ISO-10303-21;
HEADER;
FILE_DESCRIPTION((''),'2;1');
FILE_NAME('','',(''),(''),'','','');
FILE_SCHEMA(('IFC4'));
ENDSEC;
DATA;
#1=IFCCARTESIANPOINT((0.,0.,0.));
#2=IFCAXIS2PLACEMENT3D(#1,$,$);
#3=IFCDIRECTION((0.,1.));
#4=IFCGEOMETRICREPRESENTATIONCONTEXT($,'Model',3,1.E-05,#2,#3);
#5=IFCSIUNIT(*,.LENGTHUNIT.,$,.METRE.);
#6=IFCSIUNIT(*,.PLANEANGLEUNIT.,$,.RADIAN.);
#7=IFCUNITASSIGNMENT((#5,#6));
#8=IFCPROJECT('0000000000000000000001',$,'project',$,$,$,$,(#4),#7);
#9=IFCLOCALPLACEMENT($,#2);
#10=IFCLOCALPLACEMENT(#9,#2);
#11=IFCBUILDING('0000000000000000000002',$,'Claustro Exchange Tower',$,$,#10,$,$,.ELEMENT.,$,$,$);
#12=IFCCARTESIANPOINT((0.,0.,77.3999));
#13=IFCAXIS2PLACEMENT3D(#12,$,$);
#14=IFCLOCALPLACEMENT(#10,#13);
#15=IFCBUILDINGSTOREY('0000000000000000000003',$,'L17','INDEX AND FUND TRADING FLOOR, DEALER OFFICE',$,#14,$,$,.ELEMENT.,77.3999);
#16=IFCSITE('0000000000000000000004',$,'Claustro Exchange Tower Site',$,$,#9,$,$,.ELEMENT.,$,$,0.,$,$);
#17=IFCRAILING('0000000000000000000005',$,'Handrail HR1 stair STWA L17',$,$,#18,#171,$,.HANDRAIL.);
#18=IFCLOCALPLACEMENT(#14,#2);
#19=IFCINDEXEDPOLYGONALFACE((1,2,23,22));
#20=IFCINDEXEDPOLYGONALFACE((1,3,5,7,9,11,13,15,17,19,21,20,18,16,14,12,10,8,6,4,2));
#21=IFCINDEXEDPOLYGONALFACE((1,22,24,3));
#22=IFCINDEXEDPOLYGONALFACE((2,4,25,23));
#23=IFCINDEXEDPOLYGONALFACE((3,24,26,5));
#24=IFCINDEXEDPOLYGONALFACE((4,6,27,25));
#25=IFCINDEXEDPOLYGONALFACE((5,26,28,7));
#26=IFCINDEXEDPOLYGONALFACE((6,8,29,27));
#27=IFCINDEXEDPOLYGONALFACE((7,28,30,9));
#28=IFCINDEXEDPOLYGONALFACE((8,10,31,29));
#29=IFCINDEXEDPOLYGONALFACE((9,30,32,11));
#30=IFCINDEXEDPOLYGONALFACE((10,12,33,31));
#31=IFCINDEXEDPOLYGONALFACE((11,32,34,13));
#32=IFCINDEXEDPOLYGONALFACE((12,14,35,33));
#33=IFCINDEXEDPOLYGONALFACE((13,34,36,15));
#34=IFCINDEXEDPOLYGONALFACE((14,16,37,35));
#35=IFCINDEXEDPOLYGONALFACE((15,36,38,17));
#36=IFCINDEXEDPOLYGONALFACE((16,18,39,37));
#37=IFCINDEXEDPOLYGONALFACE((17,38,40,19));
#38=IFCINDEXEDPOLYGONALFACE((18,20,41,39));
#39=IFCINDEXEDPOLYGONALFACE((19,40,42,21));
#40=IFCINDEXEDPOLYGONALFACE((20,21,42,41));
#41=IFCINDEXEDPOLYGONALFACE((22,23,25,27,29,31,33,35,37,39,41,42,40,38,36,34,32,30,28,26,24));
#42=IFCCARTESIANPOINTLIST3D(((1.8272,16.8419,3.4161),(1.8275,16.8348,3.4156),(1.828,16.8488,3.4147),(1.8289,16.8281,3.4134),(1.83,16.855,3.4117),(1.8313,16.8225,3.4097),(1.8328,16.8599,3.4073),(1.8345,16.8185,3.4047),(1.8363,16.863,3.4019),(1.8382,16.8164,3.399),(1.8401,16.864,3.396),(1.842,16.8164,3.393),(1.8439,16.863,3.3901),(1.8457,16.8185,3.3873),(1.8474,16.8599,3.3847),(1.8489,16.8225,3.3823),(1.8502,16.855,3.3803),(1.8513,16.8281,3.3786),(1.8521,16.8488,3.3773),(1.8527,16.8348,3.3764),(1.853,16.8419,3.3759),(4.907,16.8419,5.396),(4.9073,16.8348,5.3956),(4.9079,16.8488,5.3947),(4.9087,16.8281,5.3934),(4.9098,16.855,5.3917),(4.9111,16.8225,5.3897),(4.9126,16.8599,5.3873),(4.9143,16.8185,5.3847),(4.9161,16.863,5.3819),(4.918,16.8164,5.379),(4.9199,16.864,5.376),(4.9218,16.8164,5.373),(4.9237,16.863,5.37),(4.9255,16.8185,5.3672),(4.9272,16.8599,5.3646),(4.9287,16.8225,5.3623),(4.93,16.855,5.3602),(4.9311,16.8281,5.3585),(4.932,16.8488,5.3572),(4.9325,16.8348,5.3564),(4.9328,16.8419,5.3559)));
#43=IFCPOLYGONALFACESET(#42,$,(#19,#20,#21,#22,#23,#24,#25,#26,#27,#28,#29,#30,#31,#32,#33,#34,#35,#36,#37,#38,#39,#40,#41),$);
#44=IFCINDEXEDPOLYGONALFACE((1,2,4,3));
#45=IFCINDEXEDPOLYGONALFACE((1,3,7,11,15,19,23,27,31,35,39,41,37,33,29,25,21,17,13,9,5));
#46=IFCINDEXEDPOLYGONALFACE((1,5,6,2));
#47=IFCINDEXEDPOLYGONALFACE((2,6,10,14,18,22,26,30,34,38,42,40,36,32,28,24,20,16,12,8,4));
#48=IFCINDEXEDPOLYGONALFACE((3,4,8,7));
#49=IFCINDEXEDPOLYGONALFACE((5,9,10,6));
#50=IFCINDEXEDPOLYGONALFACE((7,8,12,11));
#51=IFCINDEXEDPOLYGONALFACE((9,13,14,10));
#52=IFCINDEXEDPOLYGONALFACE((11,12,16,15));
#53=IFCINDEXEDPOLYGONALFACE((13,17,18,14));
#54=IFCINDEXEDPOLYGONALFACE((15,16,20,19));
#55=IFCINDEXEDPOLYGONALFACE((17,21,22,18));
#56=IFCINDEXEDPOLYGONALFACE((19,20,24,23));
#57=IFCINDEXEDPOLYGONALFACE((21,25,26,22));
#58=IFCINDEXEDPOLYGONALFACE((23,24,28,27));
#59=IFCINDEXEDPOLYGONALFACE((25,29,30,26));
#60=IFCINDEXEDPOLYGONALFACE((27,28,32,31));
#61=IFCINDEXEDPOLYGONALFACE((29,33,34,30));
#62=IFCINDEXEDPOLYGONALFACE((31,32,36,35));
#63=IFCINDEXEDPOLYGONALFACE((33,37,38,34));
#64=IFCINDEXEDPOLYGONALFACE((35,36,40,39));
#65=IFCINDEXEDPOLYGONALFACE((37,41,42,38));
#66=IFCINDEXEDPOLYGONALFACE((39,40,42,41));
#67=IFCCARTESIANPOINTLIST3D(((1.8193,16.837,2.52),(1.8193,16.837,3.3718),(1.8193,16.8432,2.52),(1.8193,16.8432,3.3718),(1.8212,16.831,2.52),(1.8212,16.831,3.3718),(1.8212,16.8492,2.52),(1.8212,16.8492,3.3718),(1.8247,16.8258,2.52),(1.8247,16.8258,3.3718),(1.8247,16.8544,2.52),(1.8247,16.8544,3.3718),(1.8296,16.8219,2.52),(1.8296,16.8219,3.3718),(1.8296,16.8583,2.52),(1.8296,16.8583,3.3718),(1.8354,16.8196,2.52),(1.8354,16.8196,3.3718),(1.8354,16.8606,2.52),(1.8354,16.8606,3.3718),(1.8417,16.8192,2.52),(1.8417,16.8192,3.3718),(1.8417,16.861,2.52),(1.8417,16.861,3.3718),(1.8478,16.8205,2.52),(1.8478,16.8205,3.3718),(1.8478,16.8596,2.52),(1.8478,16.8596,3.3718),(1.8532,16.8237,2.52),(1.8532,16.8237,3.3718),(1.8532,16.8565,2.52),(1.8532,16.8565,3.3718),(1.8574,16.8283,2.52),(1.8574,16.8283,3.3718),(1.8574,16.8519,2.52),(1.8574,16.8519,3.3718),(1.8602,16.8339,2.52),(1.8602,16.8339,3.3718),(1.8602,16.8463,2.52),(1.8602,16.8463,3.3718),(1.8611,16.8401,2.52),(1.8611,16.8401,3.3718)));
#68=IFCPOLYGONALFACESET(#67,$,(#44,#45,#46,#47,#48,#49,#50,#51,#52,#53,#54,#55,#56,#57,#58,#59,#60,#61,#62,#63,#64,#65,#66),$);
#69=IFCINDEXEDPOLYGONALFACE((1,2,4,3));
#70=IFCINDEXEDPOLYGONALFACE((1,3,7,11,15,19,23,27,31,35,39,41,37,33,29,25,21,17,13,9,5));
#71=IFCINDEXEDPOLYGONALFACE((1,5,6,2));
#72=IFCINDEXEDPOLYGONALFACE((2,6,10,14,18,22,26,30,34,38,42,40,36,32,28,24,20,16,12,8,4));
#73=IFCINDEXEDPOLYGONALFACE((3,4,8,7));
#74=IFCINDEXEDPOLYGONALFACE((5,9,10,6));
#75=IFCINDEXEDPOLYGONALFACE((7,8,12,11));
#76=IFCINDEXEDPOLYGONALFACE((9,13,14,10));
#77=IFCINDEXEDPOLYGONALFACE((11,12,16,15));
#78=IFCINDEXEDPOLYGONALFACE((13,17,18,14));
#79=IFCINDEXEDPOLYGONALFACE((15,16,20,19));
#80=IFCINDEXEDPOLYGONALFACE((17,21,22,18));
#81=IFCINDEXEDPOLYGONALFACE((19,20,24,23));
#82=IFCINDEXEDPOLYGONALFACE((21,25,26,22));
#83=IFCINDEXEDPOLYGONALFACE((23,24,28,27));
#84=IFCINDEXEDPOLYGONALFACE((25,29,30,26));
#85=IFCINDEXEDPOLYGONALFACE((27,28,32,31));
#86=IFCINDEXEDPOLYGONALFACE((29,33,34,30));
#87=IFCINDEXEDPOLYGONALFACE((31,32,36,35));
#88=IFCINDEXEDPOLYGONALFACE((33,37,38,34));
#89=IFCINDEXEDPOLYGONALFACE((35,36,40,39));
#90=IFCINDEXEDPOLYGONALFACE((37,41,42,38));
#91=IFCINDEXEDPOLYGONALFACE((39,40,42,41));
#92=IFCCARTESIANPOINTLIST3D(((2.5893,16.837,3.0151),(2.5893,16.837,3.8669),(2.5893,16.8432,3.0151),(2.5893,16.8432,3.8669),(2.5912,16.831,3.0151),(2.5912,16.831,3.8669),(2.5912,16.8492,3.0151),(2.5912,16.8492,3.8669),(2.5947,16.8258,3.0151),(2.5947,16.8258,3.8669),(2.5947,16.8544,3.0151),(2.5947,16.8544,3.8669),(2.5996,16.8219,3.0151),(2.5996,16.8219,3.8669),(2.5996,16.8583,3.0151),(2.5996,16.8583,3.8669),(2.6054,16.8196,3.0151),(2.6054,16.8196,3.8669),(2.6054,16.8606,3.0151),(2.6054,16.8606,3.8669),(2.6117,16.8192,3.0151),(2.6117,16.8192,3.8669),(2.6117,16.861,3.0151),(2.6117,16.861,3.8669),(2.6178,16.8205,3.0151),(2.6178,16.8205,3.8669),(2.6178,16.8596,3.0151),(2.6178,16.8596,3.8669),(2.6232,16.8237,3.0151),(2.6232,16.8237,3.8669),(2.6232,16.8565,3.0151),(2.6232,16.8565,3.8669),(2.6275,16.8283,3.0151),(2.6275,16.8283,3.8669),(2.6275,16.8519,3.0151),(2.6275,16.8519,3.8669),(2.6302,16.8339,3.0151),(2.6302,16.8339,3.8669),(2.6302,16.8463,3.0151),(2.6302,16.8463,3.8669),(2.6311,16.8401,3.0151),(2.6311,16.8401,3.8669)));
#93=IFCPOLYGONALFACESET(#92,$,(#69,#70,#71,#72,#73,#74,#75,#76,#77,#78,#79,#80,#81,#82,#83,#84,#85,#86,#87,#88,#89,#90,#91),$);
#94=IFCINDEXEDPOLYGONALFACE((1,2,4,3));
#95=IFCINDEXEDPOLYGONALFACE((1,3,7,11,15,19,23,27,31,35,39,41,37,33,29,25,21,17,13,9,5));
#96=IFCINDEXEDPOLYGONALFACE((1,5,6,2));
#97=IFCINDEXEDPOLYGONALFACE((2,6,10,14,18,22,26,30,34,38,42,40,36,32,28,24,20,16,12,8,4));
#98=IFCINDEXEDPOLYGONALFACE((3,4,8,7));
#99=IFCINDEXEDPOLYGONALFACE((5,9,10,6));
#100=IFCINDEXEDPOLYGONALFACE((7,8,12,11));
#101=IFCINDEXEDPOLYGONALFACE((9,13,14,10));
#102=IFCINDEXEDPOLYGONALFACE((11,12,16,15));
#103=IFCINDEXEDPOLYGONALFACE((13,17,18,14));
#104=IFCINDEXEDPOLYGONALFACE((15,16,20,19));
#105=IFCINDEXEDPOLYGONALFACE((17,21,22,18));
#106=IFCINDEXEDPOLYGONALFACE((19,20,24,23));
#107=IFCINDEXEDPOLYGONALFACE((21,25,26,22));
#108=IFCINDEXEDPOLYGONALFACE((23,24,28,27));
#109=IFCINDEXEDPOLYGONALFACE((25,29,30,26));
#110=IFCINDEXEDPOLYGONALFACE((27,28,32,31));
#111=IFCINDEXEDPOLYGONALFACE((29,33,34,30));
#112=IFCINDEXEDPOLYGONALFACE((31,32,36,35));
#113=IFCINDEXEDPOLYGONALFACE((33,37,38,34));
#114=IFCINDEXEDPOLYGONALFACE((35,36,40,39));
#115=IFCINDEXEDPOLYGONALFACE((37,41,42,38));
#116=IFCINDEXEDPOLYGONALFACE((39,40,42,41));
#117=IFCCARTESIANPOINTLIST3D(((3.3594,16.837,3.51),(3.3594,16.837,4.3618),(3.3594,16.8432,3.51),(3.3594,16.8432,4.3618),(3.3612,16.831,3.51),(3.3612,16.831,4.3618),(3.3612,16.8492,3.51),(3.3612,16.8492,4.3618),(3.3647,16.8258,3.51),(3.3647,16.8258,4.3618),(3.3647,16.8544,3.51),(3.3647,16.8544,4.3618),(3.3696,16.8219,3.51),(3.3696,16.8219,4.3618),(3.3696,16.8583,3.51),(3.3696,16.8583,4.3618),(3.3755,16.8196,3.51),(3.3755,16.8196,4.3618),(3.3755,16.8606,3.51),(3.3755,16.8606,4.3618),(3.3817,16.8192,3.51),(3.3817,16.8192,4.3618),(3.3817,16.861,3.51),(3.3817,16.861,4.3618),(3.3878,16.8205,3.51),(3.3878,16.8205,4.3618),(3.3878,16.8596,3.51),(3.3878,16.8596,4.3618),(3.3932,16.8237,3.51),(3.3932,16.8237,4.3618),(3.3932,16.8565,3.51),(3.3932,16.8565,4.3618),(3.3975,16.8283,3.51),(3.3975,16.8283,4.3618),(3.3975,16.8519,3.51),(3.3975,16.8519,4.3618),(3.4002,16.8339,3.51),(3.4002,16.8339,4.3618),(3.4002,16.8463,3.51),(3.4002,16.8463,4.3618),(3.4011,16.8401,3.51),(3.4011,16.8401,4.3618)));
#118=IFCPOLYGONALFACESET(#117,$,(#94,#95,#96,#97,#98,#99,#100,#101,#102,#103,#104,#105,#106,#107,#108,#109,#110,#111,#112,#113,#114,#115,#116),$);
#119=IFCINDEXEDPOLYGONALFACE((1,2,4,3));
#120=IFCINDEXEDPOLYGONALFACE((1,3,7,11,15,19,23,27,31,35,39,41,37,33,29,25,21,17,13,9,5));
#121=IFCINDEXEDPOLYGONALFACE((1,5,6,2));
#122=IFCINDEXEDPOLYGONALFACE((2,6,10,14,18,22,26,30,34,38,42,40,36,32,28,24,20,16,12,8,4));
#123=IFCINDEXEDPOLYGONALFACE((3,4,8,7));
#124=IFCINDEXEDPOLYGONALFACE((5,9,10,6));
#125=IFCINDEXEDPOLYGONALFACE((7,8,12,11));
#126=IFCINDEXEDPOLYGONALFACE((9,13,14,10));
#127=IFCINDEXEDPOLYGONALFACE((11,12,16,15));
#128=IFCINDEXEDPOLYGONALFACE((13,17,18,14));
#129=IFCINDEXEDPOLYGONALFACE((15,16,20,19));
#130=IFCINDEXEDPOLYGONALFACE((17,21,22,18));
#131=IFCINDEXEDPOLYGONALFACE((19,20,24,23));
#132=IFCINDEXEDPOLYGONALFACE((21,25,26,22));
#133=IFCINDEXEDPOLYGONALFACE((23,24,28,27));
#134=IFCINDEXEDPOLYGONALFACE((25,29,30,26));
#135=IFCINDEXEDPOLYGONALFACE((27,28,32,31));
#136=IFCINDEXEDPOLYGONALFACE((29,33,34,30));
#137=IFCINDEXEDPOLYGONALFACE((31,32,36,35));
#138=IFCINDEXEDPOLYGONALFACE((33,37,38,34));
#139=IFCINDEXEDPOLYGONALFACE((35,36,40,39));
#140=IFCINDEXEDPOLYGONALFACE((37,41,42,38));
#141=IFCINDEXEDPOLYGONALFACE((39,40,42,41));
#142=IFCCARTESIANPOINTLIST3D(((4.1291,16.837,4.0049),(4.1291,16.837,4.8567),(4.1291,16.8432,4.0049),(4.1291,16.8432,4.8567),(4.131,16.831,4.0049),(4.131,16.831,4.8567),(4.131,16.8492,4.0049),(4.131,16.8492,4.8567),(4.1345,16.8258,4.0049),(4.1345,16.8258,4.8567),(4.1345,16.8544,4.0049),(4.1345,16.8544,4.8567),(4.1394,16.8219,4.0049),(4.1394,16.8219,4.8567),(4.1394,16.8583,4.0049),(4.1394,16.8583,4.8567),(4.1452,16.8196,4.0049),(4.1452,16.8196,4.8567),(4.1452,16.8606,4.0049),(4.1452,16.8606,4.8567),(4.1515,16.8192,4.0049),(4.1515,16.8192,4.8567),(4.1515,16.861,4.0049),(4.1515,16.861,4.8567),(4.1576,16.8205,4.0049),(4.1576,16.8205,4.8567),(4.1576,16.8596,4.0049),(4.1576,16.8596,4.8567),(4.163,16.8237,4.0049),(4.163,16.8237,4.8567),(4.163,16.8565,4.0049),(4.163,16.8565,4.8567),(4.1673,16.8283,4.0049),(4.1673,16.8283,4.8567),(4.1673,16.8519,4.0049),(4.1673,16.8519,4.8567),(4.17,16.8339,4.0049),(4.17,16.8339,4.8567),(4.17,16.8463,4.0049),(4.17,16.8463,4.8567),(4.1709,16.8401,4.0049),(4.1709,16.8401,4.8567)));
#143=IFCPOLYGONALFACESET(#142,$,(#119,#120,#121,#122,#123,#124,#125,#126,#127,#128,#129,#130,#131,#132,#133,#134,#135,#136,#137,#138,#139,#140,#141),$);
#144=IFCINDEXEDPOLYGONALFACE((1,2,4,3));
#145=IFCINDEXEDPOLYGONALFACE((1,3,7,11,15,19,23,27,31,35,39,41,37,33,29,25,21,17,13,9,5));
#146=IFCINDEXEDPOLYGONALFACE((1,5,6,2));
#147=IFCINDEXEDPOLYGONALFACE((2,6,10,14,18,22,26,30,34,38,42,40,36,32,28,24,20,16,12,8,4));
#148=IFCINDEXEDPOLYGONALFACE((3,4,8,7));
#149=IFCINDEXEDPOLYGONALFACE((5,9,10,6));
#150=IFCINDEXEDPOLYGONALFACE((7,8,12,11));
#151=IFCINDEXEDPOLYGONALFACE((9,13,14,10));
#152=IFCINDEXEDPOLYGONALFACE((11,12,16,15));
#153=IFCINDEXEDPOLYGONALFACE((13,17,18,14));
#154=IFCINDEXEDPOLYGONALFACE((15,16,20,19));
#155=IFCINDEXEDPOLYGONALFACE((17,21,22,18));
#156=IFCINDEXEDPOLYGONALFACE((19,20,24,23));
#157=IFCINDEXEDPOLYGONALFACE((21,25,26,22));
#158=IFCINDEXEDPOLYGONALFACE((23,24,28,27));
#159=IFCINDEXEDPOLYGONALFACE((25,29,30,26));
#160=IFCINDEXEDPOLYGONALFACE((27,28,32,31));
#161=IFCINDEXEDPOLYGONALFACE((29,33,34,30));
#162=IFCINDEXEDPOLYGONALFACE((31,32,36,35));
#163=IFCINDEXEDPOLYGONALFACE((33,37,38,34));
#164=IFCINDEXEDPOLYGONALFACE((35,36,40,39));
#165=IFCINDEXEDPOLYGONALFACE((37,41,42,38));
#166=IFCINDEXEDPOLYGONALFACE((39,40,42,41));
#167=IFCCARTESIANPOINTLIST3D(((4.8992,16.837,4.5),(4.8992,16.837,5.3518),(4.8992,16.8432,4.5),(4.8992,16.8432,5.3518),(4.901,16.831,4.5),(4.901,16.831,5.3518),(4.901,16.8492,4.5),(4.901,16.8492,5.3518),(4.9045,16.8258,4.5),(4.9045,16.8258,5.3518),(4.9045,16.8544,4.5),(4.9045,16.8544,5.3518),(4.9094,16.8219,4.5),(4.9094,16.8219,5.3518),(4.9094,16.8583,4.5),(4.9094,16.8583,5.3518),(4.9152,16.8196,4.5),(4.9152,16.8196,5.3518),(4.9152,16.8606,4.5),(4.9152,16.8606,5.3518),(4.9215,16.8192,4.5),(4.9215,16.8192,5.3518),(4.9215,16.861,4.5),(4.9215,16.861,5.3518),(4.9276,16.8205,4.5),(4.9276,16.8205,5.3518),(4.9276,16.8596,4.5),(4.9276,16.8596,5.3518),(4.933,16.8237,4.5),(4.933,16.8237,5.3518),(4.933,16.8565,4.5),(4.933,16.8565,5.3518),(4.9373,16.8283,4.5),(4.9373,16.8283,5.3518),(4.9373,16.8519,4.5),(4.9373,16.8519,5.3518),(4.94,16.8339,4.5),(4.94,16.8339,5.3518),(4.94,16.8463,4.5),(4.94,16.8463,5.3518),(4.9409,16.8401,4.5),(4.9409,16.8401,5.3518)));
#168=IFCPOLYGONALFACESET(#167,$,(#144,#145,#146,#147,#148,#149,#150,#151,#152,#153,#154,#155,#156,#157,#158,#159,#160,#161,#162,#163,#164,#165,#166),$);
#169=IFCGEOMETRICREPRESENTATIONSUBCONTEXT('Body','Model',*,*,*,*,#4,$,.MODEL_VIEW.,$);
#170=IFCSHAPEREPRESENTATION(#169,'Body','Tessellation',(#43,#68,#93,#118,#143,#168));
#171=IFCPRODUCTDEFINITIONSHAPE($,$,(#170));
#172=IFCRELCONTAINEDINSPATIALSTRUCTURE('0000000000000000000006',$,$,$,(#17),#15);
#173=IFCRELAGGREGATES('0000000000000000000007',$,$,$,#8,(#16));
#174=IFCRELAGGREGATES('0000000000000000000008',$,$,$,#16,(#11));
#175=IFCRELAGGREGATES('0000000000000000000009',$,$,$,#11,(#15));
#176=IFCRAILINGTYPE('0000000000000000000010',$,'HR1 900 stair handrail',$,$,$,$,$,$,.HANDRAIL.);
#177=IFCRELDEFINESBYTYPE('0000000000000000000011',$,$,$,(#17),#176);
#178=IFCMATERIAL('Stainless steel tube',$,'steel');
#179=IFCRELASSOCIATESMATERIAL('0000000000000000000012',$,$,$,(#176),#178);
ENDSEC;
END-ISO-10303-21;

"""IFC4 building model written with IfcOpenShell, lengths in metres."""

from ifc_helpers import new_model, si_unit, direction, frame, origin, origin_2d, place, context, subcontext, project, spatial, circle, extrude, material, type_object, element, save


model = new_model("IFC4")

# Units and contexts
model_context = context("Model", 3, precision=1e-05, world=origin(), true_north=direction((0.0, 1.0)))
body_context = subcontext(model_context, "Body", "Model", "MODEL_VIEW")
ifc_project = project(units=[si_unit("LENGTHUNIT", "METRE"), si_unit("PLANEANGLEUNIT", "RADIAN")], contexts=[model_context])

# Site, building, storey
site_placement = place(None, origin())
site = spatial("IfcSite", under=ifc_project, at=site_placement, Name="Claustro Exchange Tower Site", CompositionType="ELEMENT", RefElevation=0.0)
building_placement = place(site_placement, origin())
building = spatial("IfcBuilding", under=site, at=building_placement, Name="Claustro Exchange Tower", CompositionType="ELEMENT")
storey_placement = place(building_placement, frame((0.0, 0.0, 77.3999)))
storey = spatial("IfcBuildingStorey", under=building, at=storey_placement, Name="L17", Description="INDEX AND FUND TRADING FLOOR, DEALER OFFICE", CompositionType="ELEMENT", Elevation=77.3999)

# Railing
ifc_material_1 = material(Name="Stainless steel tube", Category="steel")
railing_type = type_object("IfcRailingType", Name="HR1 900 stair handrail", PredefinedType="HANDRAIL", material=ifc_material_1)
railing_placement = place(storey_placement, frame((1.8401, 16.8401, 2.52)))
element("IfcRailing", 1, at=railing_placement, inside=storey, type_object=railing_type, Name="Handrail HR1 stair STWA L17", PredefinedType="HANDRAIL", context=body_context, shape_type="SweptSolid", body=[
    extrude(circle(Radius=0.0239, at=origin_2d()), frame((0.0, 0.0, 0.876), z_axis=(0.841168, 0.0, 0.540774), x_axis=(0.0, 1.0, 0.0)), (0.0, 0.0, 1.0), 3.6614),
    extrude(circle(Radius=0.021, at=origin_2d()), origin(), (0.0, 0.0, 1.0), 0.8518),
    extrude(circle(Radius=0.021, at=origin_2d()), frame((0.77, 0.0, 0.4951)), (0.0, 0.0, 1.0), 0.8518),
    extrude(circle(Radius=0.021, at=origin_2d()), frame((1.54, 0.0, 0.99)), (0.0, 0.0, 1.0), 0.8518),
    extrude(circle(Radius=0.021, at=origin_2d()), frame((2.3098, 0.0, 1.4849)), (0.0, 0.0, 1.0), 0.8518),
    extrude(circle(Radius=0.021, at=origin_2d()), frame((3.0798, 0.0, 1.98)), (0.0, 0.0, 1.0), 0.8518),
])

save(model, "model.ifc")
